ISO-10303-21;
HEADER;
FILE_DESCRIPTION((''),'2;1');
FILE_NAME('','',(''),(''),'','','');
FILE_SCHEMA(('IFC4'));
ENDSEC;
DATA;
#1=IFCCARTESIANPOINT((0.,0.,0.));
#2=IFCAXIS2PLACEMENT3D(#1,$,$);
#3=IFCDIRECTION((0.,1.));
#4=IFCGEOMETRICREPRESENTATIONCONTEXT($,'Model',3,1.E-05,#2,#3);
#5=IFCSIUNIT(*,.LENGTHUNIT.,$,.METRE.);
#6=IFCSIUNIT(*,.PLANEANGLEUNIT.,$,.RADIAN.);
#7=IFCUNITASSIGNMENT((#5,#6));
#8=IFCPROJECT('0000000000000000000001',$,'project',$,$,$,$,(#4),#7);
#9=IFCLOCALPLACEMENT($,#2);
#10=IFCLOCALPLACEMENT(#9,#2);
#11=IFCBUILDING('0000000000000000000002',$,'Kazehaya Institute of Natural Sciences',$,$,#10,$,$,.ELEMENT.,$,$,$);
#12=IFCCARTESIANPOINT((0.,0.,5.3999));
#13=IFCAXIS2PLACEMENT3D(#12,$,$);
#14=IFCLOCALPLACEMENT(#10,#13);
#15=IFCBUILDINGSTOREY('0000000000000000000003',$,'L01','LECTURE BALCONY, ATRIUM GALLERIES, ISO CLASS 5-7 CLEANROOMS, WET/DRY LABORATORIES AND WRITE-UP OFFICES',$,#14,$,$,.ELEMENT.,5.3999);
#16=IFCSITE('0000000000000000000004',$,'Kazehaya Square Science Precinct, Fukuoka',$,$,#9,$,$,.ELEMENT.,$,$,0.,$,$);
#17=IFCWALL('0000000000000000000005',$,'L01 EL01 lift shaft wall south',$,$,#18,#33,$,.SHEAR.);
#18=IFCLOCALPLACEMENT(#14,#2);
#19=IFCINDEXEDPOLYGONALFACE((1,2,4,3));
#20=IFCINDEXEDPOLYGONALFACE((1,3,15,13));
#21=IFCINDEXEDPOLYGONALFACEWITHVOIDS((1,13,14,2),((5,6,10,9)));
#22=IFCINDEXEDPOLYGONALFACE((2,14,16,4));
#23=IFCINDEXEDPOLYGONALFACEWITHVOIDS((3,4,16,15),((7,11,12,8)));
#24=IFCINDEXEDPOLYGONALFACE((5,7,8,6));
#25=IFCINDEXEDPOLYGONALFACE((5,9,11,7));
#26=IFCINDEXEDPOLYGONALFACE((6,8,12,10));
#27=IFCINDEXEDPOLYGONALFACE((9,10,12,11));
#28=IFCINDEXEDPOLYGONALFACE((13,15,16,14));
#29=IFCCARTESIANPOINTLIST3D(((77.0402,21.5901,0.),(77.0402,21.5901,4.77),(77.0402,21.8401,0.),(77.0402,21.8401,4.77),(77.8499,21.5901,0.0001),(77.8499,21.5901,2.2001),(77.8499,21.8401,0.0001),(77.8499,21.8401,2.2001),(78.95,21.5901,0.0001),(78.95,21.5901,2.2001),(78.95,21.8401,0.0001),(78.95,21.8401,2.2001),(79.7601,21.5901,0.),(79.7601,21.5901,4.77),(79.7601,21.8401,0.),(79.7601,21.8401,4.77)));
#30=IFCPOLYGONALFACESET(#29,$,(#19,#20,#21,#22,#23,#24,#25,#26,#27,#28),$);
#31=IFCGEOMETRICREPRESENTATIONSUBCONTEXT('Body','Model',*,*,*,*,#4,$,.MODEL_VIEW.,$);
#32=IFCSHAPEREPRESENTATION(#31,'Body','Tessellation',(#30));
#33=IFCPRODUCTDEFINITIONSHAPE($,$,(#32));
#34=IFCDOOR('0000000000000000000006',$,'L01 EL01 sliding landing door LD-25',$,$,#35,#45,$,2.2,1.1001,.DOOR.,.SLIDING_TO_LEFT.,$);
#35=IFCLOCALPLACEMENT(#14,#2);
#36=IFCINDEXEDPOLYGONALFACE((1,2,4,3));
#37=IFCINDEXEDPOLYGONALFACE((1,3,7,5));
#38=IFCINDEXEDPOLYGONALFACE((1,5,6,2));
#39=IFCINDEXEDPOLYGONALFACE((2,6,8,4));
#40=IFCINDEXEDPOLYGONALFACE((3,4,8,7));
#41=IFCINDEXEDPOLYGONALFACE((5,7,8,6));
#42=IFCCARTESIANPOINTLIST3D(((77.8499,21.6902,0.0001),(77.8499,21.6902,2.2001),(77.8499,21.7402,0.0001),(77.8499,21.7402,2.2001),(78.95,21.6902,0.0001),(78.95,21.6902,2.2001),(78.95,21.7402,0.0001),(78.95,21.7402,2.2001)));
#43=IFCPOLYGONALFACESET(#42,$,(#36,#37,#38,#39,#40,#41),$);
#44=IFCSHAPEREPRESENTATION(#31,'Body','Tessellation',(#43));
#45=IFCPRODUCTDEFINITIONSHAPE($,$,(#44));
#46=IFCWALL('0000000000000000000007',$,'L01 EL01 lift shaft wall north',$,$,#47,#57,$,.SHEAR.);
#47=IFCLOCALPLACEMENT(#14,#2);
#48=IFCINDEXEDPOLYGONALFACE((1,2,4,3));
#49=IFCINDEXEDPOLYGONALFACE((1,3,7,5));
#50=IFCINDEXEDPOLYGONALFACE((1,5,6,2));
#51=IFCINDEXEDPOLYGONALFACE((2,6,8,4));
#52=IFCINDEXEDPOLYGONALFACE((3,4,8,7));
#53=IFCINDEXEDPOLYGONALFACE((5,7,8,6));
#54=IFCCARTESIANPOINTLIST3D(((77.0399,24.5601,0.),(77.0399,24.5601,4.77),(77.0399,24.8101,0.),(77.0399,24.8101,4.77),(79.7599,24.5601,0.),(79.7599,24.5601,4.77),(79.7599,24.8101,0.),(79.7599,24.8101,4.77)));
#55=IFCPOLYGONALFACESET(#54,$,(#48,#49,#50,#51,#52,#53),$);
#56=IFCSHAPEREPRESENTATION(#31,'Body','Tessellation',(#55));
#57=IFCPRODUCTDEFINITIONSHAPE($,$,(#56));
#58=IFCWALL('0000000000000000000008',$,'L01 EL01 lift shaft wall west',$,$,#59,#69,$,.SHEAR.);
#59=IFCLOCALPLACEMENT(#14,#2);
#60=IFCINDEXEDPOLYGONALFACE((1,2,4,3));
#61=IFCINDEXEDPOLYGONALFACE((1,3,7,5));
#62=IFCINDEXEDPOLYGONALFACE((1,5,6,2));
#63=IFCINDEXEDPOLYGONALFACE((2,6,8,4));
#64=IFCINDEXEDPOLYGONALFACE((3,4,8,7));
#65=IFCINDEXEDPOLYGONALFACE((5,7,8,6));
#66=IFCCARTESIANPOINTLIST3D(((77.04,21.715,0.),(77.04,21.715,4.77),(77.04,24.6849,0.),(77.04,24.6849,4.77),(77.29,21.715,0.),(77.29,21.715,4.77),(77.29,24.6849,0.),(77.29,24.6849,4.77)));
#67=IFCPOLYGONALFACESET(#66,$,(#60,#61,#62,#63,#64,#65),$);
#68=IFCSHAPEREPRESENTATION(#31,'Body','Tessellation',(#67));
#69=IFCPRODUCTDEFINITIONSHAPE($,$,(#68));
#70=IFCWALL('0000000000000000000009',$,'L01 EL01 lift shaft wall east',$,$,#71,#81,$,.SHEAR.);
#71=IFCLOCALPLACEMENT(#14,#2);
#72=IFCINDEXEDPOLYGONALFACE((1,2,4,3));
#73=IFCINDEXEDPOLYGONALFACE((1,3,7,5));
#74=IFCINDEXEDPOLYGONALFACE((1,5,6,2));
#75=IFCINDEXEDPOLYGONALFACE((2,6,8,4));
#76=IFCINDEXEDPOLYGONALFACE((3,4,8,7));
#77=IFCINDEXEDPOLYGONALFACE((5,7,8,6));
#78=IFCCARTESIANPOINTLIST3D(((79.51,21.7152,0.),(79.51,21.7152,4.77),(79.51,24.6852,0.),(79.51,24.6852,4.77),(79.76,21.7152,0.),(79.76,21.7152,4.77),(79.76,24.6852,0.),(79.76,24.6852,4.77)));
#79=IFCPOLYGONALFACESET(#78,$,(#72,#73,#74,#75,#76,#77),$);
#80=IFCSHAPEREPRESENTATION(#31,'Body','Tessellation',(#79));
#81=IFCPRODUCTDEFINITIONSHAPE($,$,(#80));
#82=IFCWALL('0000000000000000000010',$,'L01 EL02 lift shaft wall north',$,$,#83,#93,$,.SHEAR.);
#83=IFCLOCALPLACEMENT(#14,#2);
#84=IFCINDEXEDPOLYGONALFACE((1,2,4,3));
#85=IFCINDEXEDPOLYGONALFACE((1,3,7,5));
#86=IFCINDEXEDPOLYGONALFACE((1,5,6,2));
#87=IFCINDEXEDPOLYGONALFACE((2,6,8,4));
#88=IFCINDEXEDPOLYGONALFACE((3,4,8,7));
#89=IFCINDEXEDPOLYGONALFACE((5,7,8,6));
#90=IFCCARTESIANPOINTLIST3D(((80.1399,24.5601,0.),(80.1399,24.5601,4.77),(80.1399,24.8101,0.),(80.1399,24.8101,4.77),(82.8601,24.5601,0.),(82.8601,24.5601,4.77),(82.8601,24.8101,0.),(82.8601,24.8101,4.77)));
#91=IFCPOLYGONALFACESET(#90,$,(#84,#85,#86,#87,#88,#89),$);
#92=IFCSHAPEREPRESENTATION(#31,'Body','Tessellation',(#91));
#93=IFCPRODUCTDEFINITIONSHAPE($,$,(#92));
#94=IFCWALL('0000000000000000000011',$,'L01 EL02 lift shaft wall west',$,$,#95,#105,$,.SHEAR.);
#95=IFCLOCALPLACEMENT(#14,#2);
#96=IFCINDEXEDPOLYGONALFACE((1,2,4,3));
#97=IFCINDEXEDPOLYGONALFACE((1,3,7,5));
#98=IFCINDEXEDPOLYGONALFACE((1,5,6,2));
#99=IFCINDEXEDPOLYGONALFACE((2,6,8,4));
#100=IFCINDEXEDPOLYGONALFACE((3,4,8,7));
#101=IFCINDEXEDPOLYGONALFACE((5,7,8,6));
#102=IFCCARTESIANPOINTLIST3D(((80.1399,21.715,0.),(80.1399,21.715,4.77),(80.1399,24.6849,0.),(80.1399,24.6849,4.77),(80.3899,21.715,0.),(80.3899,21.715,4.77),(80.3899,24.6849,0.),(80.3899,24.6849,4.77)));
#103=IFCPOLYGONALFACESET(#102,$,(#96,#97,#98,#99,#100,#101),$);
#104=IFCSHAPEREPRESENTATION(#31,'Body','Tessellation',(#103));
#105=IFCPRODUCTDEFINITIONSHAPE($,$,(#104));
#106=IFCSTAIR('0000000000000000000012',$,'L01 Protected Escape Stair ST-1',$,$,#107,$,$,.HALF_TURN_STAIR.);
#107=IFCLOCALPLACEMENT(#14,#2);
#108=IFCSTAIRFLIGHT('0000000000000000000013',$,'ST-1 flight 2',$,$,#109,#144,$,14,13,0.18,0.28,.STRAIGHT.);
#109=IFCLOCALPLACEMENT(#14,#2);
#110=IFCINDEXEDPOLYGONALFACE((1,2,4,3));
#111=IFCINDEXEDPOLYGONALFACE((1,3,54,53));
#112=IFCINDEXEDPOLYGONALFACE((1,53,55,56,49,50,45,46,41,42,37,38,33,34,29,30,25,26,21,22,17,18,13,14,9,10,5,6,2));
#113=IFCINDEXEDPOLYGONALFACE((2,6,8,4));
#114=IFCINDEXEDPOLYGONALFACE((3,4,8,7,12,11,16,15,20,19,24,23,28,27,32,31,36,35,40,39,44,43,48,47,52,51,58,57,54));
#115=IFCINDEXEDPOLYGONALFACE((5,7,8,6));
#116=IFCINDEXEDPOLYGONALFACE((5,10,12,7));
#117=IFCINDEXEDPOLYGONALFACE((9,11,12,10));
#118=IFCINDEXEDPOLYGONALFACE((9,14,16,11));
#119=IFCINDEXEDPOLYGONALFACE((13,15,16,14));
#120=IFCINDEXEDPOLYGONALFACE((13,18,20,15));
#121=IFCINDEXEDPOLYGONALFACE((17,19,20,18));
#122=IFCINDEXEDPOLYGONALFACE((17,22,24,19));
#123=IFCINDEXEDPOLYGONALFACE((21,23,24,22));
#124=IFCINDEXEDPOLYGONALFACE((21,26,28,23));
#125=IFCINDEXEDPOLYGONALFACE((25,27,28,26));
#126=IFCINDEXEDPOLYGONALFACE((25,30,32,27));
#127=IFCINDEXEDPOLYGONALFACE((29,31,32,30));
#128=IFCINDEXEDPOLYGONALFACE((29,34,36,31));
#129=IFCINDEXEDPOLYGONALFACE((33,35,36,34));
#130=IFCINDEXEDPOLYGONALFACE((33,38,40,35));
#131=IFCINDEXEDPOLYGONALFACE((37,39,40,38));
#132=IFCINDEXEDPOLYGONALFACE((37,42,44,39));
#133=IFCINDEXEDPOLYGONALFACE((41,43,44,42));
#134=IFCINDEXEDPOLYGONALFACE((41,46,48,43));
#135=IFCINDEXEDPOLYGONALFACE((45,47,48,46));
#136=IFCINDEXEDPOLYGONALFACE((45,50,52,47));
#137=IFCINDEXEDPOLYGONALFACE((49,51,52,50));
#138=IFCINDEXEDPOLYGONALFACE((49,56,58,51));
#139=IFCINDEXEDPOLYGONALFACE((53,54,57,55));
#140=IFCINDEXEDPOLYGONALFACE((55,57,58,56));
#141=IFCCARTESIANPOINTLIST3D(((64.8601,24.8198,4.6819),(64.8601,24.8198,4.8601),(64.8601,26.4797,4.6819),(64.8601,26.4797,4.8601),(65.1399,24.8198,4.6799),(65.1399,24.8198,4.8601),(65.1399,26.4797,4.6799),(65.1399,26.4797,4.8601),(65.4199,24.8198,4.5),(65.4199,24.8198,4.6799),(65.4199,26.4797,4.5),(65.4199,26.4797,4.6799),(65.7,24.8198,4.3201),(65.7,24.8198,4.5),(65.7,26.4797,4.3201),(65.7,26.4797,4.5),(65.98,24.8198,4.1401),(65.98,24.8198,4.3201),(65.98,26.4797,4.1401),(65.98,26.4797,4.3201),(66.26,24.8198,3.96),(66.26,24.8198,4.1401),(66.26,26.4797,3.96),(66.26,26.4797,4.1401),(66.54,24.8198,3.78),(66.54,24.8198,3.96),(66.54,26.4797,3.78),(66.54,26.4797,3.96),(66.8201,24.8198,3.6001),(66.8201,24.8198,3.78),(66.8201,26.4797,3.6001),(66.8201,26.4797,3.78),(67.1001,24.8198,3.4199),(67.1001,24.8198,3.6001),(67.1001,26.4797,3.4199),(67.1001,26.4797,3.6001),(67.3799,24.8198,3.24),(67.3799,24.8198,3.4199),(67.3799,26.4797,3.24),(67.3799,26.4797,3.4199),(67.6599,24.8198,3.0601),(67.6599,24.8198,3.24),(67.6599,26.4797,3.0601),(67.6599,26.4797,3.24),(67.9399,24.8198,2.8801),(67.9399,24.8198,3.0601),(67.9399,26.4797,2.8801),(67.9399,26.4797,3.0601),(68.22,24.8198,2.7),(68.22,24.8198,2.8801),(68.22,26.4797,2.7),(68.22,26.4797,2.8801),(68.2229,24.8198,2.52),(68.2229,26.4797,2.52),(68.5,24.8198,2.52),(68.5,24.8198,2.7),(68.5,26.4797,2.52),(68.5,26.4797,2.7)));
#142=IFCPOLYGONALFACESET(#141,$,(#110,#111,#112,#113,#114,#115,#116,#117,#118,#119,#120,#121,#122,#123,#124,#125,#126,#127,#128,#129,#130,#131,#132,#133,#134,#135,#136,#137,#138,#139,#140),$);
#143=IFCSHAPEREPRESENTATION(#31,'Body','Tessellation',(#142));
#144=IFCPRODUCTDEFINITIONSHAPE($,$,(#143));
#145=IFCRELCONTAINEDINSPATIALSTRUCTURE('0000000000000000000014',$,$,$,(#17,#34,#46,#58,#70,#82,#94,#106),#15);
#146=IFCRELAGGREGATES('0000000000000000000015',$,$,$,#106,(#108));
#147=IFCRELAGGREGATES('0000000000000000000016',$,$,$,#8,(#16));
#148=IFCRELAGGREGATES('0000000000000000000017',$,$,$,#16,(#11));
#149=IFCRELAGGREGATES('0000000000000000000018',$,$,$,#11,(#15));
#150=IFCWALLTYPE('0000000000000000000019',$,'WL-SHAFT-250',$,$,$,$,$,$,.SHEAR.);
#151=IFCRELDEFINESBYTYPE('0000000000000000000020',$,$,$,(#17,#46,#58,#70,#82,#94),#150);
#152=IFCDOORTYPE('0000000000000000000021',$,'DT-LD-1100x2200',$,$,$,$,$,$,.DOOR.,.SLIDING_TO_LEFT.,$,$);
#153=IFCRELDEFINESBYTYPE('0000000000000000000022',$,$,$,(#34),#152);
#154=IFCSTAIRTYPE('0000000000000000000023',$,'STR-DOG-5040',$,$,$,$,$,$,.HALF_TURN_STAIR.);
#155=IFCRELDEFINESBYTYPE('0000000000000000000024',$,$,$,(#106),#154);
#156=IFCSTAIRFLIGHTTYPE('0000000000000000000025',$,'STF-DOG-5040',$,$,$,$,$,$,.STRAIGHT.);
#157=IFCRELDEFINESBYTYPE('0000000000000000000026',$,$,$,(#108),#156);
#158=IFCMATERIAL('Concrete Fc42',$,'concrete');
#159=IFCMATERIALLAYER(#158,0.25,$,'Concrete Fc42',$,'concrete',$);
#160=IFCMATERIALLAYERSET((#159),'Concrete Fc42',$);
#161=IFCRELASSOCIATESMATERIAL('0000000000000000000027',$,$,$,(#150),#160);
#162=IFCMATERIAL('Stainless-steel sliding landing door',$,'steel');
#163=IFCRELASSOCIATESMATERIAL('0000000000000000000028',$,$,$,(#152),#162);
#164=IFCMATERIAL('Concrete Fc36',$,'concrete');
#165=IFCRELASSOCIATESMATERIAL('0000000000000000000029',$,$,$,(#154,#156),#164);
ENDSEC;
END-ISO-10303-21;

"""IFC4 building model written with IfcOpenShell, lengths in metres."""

from ifc_helpers import new_model, si_unit, direction, frame, frame_2d, origin, place, context, subcontext, project, spatial, polyline, rectangle, outline, extrude, material, layer, layer_set, type_object, element, fill, aggregate, save


model = new_model("IFC4")

# Units and contexts
model_context = context("Model", 3, precision=1e-05, world=origin(), true_north=direction((0.0, 1.0)))
body_context = subcontext(model_context, "Body", "Model", "MODEL_VIEW")
ifc_project = project(units=[si_unit("LENGTHUNIT", "METRE"), si_unit("PLANEANGLEUNIT", "RADIAN")], contexts=[model_context])

# Site, building, storey
site_placement = place(None, origin())
site = spatial("IfcSite", under=ifc_project, at=site_placement, Name="Kazehaya Square Science Precinct, Fukuoka", CompositionType="ELEMENT", RefElevation=0.0)
building_placement = place(site_placement, origin())
building = spatial("IfcBuilding", under=site, at=building_placement, Name="Kazehaya Institute of Natural Sciences", CompositionType="ELEMENT")
storey_placement = place(building_placement, frame((0.0, 0.0, 5.3999)))
storey = spatial("IfcBuildingStorey", under=building, at=storey_placement, Name="L01", Description="LECTURE BALCONY, ATRIUM GALLERIES, ISO CLASS 5-7 CLEANROOMS, WET/DRY LABORATORIES AND WRITE-UP OFFICES", CompositionType="ELEMENT", Elevation=5.3999)

# Shared definitions
ifc_material_1 = material(Name="Concrete Fc42", Category="concrete")

# Shared definitions
ifc_material_2 = material(Name="Concrete Fc36", Category="concrete")

# Shared definitions
ifc_layer_1 = layer(ifc_material_1, 0.25, Name="Concrete Fc42", Category="concrete")
ifc_layer_set_1 = layer_set([ifc_layer_1], Name="Concrete Fc42")
wall_type_1 = type_object("IfcWallType", Name="WL-SHAFT-250", PredefinedType="SHEAR", material=ifc_layer_set_1)

# Wall, opening, door
wall_1_placement = place(storey_placement, frame((79.76, 21.7151, 0.0), z_axis=(0.0, 0.0, 1.0), x_axis=(-1.0, 0.0, 0.0)))
wall_1 = element("IfcWall", 1, at=wall_1_placement, inside=storey, type_object=wall_type_1, Name="L01 EL01 lift shaft wall south", PredefinedType="SHEAR", context=body_context, shape_type="SweptSolid", body=[
    extrude(rectangle(XDim=2.72, YDim=0.25, at=frame_2d((1.3599, 0.0))), origin(), (0.0, 0.0, 1.0), 4.77),
])
opening_1_placement = place(wall_1_placement, frame((0.8101, 0.0, 0.0)))
opening_1 = element("IfcOpeningElement", 2, at=opening_1_placement, cuts=wall_1, PredefinedType="OPENING", context=body_context, shape_type="SweptSolid", body=[
    extrude(rectangle(XDim=1.1001, YDim=2.2, at=frame_2d((0.55, 1.1001))), frame((0.0, 0.135, 0.0), z_axis=(0.0, -1.0, 0.0), x_axis=(1.0, 0.0, 0.0)), (0.0, 0.0, 1.0), 0.27),
])
ifc_material_3 = material(Name="Stainless-steel sliding landing door", Category="steel")
door_type_1 = type_object("IfcDoorType", Name="DT-LD-1100x2200", OperationType="SLIDING_TO_LEFT", PredefinedType="DOOR", material=ifc_material_3)
door_1_placement = place(opening_1_placement, origin())
door_1 = element("IfcDoor", 3, at=door_1_placement, inside=storey, type_object=door_type_1, Name="L01 EL01 sliding landing door LD-25", OperationType="SLIDING_TO_LEFT", OverallHeight=2.2, OverallWidth=1.1001, PredefinedType="DOOR", context=body_context, shape_type="SweptSolid", body=[
    extrude(rectangle(XDim=1.1001, YDim=2.2, at=frame_2d((0.55, 1.1001))), frame((0.0, 0.0249, 0.0), z_axis=(0.0, -1.0, 0.0), x_axis=(1.0, 0.0, 0.0)), (0.0, 0.0, 1.0), 0.05),
])
fill(opening_1, door_1)

# Walls
wall_2_placement = place(storey_placement, frame((77.04, 24.6851, 0.0), z_axis=(0.0, 0.0, 1.0), x_axis=(1.0, 0.0, 0.0)))
element("IfcWall", 4, at=wall_2_placement, inside=storey, type_object=wall_type_1, Name="L01 EL01 lift shaft wall north", PredefinedType="SHEAR", context=body_context, shape_type="SweptSolid", body=[
    extrude(rectangle(XDim=2.72, YDim=0.25, at=frame_2d((1.3599, 0.0))), origin(), (0.0, 0.0, 1.0), 4.77),
])
for number, where, z_axis, x_axis, name in (
    (5, (77.165, 21.7151, 0.0), (0.0, 0.0, 1.0), (0.0, 1.0, 0.0), "L01 EL01 lift shaft wall west"),
    (6, (79.635, 24.6851, 0.0), (0.0, 0.0, 1.0), (0.0, -1.0, 0.0), "L01 EL01 lift shaft wall east"),
):
    element("IfcWall", number, at=place(storey_placement, frame(where, z_axis=z_axis, x_axis=x_axis)), inside=storey, type_object=wall_type_1, Name=name, PredefinedType="SHEAR", context=body_context, shape_type="SweptSolid", body=[
        extrude(rectangle(XDim=2.97, YDim=0.25, at=frame_2d((1.4849, 0.0))), origin(), (0.0, 0.0, 1.0), 4.77),
    ])
wall_3_placement = place(storey_placement, frame((80.1399, 24.6851, 0.0), z_axis=(0.0, 0.0, 1.0), x_axis=(1.0, 0.0, 0.0)))
element("IfcWall", 7, at=wall_3_placement, inside=storey, type_object=wall_type_1, Name="L01 EL02 lift shaft wall north", PredefinedType="SHEAR", context=body_context, shape_type="SweptSolid", body=[
    extrude(rectangle(XDim=2.7202, YDim=0.25, at=frame_2d((1.3601, 0.0))), origin(), (0.0, 0.0, 1.0), 4.77),
])
wall_4_placement = place(storey_placement, frame((80.2649, 21.7151, 0.0), z_axis=(0.0, 0.0, 1.0), x_axis=(0.0, 1.0, 0.0)))
element("IfcWall", 8, at=wall_4_placement, inside=storey, type_object=wall_type_1, Name="L01 EL02 lift shaft wall west", PredefinedType="SHEAR", context=body_context, shape_type="SweptSolid", body=[
    extrude(rectangle(XDim=2.97, YDim=0.25, at=frame_2d((1.4849, 0.0))), origin(), (0.0, 0.0, 1.0), 4.77),
])

# Stair, stair flight
stair_type = type_object("IfcStairType", Name="STR-DOG-5040", PredefinedType="HALF_TURN_STAIR", material=ifc_material_2)
stair_placement = place(storey_placement, origin())
stair = element("IfcStair", 9, at=stair_placement, inside=storey, type_object=stair_type, Name="L01 Protected Escape Stair ST-1", PredefinedType="HALF_TURN_STAIR")
stair_flight_type = type_object("IfcStairFlightType", Name="STF-DOG-5040", PredefinedType="STRAIGHT", material=ifc_material_2)
stair_flight_placement = place(storey_placement, frame((68.5, 25.6499, 2.52), z_axis=(0.0, 0.0, 1.0), x_axis=(-1.0, 0.0, 0.0)))
stair_flight = element("IfcStairFlight", 10, at=stair_flight_placement, type_object=stair_flight_type, Name="ST-1 flight 2", NumberOfRisers=14, NumberOfTreads=13, PredefinedType="STRAIGHT", RiserHeight=0.18, TreadLength=0.28, context=body_context, shape_type="SweptSolid", body=[
    extrude(outline(polyline([(0.0, 0.0), (0.0, 0.1799), (0.28, 0.1799), (0.28, 0.3601), (0.5601, 0.3601), (0.5601, 0.54), (0.8401, 0.54), (0.8401, 0.72), (1.1201, 0.72), (1.1201, 0.8999), (1.3999, 0.8999), (1.3999, 1.0801), (1.6799, 1.0801), (1.6799, 1.26), (1.96, 1.26), (1.96, 1.4399), (2.24, 1.4399), (2.24, 1.6201), (2.52, 1.6201), (2.52, 1.8), (2.8, 1.8), (2.8, 1.98), (3.0801, 1.98), (3.0801, 2.1599), (3.3601, 2.1599), (3.3601, 2.3401), (3.6399, 2.3401), (3.6399, 2.52), (3.6399, 2.1619), (0.2771, 0.0), (0.0, 0.0)])), frame((0.0, 0.8301, 0.0), z_axis=(0.0, -1.0, 0.0), x_axis=(1.0, 0.0, 0.0)), (0.0, 0.0, 1.0), 1.6599),
])
aggregate(stair, [stair_flight])

save(model, "model.ifc")
